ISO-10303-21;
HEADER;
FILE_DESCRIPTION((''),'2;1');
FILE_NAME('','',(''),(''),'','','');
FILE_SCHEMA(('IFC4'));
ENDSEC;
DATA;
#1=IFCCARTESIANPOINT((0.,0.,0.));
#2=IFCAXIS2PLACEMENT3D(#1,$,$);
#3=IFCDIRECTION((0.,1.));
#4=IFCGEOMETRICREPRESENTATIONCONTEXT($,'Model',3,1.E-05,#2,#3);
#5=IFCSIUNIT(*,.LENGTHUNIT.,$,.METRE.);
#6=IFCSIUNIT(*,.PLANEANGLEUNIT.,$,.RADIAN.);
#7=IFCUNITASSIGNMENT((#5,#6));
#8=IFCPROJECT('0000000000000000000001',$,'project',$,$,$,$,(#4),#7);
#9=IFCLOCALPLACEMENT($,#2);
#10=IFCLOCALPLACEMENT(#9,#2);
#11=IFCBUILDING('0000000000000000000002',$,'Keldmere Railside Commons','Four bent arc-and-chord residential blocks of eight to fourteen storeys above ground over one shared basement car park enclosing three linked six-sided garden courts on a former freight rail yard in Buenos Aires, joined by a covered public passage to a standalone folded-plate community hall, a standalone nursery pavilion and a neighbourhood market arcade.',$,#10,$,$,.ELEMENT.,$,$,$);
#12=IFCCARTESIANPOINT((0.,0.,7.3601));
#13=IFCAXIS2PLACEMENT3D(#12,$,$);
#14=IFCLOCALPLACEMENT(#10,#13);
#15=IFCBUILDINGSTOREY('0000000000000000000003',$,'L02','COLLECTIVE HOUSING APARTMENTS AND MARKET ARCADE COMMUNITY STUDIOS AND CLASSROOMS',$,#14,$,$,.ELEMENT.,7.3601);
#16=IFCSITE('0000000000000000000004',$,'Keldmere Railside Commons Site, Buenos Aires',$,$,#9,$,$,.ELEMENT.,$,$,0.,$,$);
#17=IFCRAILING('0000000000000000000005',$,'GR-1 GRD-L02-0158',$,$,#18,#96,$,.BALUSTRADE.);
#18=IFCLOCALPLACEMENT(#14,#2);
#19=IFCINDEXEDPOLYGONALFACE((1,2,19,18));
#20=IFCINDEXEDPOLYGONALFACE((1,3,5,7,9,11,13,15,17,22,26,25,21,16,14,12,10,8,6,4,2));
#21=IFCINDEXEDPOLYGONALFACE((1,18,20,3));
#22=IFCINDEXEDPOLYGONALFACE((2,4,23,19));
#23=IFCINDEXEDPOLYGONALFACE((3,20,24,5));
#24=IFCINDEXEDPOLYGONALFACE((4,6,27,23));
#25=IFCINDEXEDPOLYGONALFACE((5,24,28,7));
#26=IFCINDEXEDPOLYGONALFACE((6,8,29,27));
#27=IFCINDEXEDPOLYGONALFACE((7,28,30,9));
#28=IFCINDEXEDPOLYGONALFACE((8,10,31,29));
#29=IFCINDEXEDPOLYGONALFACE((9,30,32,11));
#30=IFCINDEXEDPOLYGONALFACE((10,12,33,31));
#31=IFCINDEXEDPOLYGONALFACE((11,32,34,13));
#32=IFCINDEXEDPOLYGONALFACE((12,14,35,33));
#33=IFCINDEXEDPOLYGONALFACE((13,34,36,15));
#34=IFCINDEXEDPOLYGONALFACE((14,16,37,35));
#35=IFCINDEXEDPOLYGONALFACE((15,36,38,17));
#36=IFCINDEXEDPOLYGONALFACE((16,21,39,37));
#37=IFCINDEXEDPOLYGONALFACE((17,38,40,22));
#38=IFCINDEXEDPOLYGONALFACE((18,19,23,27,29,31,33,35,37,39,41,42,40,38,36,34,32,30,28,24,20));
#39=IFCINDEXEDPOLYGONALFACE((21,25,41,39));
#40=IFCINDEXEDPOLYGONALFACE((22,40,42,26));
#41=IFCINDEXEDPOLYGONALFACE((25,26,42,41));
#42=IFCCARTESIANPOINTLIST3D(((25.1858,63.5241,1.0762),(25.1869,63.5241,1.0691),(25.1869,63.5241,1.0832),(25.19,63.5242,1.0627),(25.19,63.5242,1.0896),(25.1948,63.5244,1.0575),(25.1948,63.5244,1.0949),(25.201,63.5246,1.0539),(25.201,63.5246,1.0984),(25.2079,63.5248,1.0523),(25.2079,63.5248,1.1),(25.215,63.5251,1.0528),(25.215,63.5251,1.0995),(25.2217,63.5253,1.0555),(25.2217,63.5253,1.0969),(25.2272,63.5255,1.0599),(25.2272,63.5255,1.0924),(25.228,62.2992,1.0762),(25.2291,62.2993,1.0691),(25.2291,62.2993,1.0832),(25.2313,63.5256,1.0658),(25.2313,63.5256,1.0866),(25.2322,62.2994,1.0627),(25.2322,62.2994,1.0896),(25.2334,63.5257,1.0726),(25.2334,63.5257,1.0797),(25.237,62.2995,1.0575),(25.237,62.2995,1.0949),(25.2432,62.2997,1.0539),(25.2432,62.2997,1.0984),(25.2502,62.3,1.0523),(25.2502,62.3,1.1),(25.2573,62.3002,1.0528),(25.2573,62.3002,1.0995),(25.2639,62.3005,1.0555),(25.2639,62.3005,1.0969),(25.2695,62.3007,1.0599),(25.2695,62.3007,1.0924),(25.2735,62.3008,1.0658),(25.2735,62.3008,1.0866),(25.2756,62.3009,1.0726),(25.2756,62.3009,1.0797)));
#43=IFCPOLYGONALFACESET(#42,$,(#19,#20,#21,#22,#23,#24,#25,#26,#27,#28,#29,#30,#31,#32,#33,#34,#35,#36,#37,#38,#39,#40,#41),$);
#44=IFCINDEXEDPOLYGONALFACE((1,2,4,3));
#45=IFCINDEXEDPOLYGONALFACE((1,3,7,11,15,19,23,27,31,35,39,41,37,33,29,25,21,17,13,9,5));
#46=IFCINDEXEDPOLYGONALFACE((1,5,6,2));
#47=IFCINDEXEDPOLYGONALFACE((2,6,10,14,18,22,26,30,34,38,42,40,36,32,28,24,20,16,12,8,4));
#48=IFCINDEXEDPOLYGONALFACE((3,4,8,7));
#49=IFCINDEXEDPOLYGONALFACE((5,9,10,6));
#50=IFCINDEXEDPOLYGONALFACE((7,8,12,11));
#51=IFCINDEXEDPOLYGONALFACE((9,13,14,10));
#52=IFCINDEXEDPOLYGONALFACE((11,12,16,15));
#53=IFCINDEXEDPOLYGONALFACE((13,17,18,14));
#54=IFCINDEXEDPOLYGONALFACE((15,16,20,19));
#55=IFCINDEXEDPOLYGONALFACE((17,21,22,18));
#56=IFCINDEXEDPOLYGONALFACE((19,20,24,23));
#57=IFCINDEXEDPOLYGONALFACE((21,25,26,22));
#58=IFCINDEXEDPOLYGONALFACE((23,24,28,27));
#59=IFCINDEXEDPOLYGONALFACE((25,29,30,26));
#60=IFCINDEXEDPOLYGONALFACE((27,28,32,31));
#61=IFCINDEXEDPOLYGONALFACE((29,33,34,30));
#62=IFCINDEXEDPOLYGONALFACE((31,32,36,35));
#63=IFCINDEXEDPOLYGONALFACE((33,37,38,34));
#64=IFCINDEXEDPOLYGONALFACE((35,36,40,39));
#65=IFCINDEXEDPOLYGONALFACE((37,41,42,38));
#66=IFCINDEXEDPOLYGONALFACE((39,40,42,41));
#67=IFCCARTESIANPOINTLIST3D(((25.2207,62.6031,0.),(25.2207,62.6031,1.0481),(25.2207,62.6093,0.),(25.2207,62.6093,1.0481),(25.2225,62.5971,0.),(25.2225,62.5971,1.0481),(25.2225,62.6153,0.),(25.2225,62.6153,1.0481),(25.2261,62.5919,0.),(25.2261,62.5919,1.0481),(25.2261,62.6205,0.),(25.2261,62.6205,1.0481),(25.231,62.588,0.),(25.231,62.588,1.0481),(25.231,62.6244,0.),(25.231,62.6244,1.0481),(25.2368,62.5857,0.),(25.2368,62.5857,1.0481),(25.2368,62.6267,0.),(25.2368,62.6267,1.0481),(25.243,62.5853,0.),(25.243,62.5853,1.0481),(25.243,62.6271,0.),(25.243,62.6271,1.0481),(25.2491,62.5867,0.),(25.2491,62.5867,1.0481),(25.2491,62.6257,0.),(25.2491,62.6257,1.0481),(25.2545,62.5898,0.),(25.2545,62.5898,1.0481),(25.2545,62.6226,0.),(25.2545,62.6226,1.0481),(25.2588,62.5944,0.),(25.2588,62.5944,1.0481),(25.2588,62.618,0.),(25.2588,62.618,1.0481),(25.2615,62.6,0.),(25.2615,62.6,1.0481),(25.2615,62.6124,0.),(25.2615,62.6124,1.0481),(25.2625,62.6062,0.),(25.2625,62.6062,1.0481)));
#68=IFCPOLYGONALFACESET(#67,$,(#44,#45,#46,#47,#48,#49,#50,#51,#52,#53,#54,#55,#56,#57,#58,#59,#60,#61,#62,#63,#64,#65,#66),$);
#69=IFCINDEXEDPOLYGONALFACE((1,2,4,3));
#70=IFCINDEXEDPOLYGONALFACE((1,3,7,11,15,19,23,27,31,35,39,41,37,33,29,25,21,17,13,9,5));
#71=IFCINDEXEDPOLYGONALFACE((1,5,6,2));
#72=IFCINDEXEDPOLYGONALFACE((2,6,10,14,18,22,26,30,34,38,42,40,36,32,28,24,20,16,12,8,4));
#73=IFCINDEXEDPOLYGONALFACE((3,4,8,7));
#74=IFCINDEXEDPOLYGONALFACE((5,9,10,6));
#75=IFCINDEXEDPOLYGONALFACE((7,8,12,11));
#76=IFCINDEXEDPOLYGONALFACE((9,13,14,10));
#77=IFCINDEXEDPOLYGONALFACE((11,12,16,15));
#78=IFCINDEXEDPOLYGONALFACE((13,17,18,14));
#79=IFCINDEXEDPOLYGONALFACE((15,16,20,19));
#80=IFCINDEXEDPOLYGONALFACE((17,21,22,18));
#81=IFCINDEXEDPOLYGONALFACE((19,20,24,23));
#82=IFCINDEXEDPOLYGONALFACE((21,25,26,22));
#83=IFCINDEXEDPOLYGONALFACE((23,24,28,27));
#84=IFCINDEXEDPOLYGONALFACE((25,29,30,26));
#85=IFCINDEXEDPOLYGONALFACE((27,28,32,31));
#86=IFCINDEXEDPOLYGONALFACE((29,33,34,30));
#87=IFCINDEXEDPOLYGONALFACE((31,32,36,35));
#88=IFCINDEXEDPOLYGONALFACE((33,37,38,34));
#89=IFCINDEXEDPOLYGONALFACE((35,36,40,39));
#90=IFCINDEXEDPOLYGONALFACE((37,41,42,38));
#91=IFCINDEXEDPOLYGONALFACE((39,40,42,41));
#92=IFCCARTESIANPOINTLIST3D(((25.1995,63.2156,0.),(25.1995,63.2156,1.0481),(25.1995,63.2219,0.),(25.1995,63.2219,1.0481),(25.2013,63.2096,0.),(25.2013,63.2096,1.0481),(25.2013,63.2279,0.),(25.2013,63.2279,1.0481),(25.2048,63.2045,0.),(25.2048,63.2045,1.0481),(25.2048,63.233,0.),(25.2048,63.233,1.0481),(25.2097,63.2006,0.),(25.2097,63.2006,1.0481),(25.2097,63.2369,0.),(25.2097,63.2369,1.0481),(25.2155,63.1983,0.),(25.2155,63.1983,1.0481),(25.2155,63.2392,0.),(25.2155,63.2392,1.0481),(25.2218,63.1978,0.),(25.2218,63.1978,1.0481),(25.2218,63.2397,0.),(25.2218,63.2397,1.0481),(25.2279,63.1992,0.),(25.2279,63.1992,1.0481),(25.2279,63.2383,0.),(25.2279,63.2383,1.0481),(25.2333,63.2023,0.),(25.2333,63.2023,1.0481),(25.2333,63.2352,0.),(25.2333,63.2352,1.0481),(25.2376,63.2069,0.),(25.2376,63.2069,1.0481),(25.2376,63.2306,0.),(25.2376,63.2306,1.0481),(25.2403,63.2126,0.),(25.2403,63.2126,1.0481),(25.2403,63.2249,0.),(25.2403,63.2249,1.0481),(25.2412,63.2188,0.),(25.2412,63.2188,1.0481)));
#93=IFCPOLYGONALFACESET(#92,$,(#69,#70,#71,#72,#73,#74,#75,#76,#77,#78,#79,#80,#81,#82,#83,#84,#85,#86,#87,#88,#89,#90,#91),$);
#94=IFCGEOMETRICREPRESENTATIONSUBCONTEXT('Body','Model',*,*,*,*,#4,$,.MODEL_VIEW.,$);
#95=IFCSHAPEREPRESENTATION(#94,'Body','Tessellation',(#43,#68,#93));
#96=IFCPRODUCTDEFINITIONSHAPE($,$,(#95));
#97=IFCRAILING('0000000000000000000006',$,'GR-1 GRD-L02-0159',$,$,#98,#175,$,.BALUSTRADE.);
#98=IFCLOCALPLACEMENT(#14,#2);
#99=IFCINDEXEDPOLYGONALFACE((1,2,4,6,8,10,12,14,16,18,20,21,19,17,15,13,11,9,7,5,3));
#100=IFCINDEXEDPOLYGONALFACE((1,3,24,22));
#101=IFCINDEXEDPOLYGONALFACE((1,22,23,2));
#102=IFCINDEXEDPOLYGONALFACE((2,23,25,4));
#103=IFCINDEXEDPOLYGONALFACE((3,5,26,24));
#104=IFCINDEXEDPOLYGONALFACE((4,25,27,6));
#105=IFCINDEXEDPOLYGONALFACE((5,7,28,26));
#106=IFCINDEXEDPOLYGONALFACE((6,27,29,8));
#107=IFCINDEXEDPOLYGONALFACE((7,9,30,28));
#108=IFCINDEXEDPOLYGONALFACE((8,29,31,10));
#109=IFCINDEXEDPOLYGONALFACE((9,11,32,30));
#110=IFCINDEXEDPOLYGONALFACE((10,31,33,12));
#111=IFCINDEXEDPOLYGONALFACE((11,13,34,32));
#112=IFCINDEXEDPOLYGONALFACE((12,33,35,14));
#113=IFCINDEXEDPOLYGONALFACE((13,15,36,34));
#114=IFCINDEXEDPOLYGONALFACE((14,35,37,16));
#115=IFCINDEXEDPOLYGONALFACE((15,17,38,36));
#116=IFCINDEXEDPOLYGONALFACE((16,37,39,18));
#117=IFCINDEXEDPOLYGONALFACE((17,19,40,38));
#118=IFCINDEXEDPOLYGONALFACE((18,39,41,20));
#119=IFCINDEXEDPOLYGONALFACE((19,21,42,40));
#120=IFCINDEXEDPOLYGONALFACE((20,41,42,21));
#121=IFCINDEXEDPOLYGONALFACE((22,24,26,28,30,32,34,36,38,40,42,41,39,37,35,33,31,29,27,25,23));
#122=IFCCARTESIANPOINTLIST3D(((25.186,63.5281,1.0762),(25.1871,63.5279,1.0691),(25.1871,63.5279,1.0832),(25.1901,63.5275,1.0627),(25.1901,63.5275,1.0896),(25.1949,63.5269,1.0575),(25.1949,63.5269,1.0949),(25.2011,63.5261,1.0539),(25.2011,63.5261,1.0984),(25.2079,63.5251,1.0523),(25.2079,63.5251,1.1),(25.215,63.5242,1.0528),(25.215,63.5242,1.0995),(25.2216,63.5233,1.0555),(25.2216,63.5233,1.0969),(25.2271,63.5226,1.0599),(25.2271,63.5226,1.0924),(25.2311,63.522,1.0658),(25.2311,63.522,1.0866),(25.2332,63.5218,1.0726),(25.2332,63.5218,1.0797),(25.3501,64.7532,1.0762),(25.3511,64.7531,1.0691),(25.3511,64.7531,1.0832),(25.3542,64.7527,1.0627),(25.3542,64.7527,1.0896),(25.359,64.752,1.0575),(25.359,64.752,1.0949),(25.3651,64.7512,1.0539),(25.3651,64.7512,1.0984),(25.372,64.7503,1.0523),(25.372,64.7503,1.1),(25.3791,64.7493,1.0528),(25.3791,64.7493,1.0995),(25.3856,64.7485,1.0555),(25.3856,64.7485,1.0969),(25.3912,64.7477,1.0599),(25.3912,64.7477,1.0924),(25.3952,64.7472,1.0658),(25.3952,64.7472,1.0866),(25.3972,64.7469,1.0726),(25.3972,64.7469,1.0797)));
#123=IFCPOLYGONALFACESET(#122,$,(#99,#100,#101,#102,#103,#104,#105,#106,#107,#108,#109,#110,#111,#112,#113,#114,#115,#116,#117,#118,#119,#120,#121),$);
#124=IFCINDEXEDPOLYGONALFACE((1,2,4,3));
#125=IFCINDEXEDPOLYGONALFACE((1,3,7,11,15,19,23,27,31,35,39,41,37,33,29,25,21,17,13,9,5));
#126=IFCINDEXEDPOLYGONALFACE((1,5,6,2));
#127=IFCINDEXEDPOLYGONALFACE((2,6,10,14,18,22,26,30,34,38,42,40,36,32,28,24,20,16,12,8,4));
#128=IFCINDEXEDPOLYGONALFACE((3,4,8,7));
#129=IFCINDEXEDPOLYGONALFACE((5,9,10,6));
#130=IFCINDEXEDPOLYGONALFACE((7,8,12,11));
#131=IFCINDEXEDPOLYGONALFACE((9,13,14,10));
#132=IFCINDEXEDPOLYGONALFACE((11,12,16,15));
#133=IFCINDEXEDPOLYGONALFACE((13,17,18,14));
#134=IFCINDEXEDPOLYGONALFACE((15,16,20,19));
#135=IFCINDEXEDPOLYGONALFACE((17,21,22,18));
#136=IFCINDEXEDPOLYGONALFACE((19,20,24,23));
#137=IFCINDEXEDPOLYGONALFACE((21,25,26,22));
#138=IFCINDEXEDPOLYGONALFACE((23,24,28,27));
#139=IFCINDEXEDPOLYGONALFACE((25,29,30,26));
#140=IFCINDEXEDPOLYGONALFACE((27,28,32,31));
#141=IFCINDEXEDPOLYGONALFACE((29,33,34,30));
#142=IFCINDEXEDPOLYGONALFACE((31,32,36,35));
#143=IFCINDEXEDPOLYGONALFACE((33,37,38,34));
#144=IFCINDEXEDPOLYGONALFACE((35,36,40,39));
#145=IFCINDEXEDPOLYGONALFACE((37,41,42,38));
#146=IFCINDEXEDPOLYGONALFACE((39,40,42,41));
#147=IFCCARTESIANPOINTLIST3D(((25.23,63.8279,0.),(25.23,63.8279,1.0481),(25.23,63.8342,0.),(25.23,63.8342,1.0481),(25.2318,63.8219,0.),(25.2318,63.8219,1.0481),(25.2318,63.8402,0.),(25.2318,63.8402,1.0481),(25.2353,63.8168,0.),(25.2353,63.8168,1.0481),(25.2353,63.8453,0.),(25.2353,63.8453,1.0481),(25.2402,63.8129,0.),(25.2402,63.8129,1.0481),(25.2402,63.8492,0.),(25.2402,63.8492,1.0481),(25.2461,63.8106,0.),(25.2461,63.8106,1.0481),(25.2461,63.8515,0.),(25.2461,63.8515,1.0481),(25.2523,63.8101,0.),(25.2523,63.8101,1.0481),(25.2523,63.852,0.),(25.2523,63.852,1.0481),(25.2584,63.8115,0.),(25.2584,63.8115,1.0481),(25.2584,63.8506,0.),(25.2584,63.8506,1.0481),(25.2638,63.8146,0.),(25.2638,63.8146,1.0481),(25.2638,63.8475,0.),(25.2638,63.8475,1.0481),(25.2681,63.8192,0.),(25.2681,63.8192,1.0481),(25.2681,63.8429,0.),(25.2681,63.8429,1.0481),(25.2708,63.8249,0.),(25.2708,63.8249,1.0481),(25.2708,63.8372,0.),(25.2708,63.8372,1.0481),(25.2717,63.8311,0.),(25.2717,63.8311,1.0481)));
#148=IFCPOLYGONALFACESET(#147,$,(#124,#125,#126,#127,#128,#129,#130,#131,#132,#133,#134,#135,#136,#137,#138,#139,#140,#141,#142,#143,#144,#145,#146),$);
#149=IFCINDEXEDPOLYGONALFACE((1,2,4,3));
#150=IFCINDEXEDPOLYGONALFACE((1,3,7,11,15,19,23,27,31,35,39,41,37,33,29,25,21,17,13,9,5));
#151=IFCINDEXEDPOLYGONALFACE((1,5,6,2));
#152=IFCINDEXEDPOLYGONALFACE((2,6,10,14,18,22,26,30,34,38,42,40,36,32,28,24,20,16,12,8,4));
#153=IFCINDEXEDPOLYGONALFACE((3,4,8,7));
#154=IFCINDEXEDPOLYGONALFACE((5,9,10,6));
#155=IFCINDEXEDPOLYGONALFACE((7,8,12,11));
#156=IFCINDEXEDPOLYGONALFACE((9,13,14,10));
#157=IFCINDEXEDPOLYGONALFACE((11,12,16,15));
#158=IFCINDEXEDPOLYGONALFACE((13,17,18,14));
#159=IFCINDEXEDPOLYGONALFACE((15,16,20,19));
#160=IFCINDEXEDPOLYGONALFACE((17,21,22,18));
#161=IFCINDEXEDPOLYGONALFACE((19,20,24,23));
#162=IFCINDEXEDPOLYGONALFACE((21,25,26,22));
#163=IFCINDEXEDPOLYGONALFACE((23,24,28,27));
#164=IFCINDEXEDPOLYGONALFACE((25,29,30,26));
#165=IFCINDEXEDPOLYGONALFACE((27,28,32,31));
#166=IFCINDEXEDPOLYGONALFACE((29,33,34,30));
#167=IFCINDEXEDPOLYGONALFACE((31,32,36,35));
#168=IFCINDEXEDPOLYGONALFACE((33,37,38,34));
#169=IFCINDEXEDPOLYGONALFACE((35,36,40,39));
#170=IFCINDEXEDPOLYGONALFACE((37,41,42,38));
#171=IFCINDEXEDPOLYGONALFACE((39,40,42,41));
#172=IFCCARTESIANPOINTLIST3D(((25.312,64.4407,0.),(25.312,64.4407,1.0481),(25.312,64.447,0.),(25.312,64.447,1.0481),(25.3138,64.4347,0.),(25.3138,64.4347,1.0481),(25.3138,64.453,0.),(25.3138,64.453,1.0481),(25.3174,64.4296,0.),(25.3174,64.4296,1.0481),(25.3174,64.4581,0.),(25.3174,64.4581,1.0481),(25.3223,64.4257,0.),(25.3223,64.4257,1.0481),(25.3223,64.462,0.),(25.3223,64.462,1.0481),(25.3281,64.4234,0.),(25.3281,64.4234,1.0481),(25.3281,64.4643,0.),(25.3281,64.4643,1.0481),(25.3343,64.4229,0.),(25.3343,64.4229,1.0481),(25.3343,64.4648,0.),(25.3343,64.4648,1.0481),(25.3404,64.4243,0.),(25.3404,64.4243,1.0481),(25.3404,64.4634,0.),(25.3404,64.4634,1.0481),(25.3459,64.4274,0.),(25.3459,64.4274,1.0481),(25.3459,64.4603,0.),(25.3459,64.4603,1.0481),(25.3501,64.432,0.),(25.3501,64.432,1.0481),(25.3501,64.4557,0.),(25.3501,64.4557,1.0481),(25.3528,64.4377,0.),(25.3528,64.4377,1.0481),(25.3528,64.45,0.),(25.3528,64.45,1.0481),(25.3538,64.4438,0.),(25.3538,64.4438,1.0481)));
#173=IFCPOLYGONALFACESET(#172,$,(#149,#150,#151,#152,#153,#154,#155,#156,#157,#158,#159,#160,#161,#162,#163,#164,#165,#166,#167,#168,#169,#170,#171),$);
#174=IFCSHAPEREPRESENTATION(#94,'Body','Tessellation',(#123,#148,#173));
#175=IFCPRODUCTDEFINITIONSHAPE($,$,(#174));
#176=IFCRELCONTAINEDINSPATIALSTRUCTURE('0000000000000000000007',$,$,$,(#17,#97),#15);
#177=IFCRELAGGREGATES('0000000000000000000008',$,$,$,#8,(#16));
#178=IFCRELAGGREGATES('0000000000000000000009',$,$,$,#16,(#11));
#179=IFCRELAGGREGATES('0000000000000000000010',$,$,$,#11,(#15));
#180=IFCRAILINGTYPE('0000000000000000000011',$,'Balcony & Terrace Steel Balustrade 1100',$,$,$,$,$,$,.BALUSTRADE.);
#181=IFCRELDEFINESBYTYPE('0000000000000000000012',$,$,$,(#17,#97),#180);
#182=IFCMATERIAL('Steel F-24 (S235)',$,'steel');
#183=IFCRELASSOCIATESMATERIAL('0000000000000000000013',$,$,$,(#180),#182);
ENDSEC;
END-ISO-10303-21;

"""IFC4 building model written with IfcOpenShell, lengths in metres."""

from ifc_helpers import new_model, si_unit, direction, frame, origin, origin_2d, place, context, subcontext, project, spatial, circle, extrude, material, type_object, element, save


model = new_model("IFC4")

# Units and contexts
model_context = context("Model", 3, precision=1e-05, world=origin(), true_north=direction((0.0, 1.0)))
body_context = subcontext(model_context, "Body", "Model", "MODEL_VIEW")
ifc_project = project(units=[si_unit("LENGTHUNIT", "METRE"), si_unit("PLANEANGLEUNIT", "RADIAN")], contexts=[model_context])

# Site, building, storey
site_placement = place(None, origin())
site = spatial("IfcSite", under=ifc_project, at=site_placement, Name="Keldmere Railside Commons Site, Buenos Aires", CompositionType="ELEMENT", RefElevation=0.0)
building_placement = place(site_placement, origin())
building = spatial("IfcBuilding", under=site, at=building_placement, Name="Keldmere Railside Commons", Description="Four bent arc-and-chord residential blocks of eight to fourteen storeys above ground over one shared basement car park enclosing three linked six-sided garden courts on a former freight rail yard in Buenos Aires, joined by a covered public passage to a standalone folded-plate community hall, a standalone nursery pavilion and a neighbourhood market arcade.", CompositionType="ELEMENT")
storey_placement = place(building_placement, frame((0.0, 0.0, 7.3601)))
storey = spatial("IfcBuildingStorey", under=building, at=storey_placement, Name="L02", Description="COLLECTIVE HOUSING APARTMENTS AND MARKET ARCADE COMMUNITY STUDIOS AND CLASSROOMS", CompositionType="ELEMENT", Elevation=7.3601)

# Railings
ifc_material_1 = material(Name="Steel F-24 (S235)", Category="steel")
railing_type = type_object("IfcRailingType", Name="Balcony & Terrace Steel Balustrade 1100", PredefinedType="BALUSTRADE", material=ifc_material_1)
railing_1_placement = place(storey_placement, frame((25.252, 62.3, 0.0)))
element("IfcRailing", 1, at=railing_1_placement, inside=storey, type_object=railing_type, Name="GR-1 GRD-L02-0158", PredefinedType="BALUSTRADE", context=body_context, shape_type="SweptSolid", body=[
    extrude(circle(Radius=0.0239, at=origin_2d()), frame((0.0, 0.0, 1.0762), z_axis=(-0.034462, 0.999406, 0.0), x_axis=(-0.999406, -0.034462, 0.0)), (0.0, 0.0, 1.0), 1.2256),
    extrude(circle(Radius=0.021, at=origin_2d()), frame((-0.0105, 0.3062, 0.0)), (0.0, 0.0, 1.0), 1.0481),
    extrude(circle(Radius=0.021, at=origin_2d()), frame((-0.0317, 0.9187, 0.0)), (0.0, 0.0, 1.0), 1.0481),
])
railing_2_placement = place(storey_placement, frame((25.2097, 63.5249, 0.0)))
element("IfcRailing", 2, at=railing_2_placement, inside=storey, type_object=railing_type, Name="GR-1 GRD-L02-0159", PredefinedType="BALUSTRADE", context=body_context, shape_type="SweptSolid", body=[
    extrude(circle(Radius=0.0239, at=origin_2d()), frame((0.0, 0.0, 1.0762), z_axis=(0.132733, 0.991152, 0.0), x_axis=(-0.991152, 0.132733, 0.0)), (0.0, 0.0, 1.0), 1.2361),
    extrude(circle(Radius=0.021, at=origin_2d()), frame((0.041, 0.3062, 0.0)), (0.0, 0.0, 1.0), 1.0481),
    extrude(circle(Radius=0.021, at=origin_2d()), frame((0.123, 0.9189, 0.0)), (0.0, 0.0, 1.0), 1.0481),
])

save(model, "model.ifc")
